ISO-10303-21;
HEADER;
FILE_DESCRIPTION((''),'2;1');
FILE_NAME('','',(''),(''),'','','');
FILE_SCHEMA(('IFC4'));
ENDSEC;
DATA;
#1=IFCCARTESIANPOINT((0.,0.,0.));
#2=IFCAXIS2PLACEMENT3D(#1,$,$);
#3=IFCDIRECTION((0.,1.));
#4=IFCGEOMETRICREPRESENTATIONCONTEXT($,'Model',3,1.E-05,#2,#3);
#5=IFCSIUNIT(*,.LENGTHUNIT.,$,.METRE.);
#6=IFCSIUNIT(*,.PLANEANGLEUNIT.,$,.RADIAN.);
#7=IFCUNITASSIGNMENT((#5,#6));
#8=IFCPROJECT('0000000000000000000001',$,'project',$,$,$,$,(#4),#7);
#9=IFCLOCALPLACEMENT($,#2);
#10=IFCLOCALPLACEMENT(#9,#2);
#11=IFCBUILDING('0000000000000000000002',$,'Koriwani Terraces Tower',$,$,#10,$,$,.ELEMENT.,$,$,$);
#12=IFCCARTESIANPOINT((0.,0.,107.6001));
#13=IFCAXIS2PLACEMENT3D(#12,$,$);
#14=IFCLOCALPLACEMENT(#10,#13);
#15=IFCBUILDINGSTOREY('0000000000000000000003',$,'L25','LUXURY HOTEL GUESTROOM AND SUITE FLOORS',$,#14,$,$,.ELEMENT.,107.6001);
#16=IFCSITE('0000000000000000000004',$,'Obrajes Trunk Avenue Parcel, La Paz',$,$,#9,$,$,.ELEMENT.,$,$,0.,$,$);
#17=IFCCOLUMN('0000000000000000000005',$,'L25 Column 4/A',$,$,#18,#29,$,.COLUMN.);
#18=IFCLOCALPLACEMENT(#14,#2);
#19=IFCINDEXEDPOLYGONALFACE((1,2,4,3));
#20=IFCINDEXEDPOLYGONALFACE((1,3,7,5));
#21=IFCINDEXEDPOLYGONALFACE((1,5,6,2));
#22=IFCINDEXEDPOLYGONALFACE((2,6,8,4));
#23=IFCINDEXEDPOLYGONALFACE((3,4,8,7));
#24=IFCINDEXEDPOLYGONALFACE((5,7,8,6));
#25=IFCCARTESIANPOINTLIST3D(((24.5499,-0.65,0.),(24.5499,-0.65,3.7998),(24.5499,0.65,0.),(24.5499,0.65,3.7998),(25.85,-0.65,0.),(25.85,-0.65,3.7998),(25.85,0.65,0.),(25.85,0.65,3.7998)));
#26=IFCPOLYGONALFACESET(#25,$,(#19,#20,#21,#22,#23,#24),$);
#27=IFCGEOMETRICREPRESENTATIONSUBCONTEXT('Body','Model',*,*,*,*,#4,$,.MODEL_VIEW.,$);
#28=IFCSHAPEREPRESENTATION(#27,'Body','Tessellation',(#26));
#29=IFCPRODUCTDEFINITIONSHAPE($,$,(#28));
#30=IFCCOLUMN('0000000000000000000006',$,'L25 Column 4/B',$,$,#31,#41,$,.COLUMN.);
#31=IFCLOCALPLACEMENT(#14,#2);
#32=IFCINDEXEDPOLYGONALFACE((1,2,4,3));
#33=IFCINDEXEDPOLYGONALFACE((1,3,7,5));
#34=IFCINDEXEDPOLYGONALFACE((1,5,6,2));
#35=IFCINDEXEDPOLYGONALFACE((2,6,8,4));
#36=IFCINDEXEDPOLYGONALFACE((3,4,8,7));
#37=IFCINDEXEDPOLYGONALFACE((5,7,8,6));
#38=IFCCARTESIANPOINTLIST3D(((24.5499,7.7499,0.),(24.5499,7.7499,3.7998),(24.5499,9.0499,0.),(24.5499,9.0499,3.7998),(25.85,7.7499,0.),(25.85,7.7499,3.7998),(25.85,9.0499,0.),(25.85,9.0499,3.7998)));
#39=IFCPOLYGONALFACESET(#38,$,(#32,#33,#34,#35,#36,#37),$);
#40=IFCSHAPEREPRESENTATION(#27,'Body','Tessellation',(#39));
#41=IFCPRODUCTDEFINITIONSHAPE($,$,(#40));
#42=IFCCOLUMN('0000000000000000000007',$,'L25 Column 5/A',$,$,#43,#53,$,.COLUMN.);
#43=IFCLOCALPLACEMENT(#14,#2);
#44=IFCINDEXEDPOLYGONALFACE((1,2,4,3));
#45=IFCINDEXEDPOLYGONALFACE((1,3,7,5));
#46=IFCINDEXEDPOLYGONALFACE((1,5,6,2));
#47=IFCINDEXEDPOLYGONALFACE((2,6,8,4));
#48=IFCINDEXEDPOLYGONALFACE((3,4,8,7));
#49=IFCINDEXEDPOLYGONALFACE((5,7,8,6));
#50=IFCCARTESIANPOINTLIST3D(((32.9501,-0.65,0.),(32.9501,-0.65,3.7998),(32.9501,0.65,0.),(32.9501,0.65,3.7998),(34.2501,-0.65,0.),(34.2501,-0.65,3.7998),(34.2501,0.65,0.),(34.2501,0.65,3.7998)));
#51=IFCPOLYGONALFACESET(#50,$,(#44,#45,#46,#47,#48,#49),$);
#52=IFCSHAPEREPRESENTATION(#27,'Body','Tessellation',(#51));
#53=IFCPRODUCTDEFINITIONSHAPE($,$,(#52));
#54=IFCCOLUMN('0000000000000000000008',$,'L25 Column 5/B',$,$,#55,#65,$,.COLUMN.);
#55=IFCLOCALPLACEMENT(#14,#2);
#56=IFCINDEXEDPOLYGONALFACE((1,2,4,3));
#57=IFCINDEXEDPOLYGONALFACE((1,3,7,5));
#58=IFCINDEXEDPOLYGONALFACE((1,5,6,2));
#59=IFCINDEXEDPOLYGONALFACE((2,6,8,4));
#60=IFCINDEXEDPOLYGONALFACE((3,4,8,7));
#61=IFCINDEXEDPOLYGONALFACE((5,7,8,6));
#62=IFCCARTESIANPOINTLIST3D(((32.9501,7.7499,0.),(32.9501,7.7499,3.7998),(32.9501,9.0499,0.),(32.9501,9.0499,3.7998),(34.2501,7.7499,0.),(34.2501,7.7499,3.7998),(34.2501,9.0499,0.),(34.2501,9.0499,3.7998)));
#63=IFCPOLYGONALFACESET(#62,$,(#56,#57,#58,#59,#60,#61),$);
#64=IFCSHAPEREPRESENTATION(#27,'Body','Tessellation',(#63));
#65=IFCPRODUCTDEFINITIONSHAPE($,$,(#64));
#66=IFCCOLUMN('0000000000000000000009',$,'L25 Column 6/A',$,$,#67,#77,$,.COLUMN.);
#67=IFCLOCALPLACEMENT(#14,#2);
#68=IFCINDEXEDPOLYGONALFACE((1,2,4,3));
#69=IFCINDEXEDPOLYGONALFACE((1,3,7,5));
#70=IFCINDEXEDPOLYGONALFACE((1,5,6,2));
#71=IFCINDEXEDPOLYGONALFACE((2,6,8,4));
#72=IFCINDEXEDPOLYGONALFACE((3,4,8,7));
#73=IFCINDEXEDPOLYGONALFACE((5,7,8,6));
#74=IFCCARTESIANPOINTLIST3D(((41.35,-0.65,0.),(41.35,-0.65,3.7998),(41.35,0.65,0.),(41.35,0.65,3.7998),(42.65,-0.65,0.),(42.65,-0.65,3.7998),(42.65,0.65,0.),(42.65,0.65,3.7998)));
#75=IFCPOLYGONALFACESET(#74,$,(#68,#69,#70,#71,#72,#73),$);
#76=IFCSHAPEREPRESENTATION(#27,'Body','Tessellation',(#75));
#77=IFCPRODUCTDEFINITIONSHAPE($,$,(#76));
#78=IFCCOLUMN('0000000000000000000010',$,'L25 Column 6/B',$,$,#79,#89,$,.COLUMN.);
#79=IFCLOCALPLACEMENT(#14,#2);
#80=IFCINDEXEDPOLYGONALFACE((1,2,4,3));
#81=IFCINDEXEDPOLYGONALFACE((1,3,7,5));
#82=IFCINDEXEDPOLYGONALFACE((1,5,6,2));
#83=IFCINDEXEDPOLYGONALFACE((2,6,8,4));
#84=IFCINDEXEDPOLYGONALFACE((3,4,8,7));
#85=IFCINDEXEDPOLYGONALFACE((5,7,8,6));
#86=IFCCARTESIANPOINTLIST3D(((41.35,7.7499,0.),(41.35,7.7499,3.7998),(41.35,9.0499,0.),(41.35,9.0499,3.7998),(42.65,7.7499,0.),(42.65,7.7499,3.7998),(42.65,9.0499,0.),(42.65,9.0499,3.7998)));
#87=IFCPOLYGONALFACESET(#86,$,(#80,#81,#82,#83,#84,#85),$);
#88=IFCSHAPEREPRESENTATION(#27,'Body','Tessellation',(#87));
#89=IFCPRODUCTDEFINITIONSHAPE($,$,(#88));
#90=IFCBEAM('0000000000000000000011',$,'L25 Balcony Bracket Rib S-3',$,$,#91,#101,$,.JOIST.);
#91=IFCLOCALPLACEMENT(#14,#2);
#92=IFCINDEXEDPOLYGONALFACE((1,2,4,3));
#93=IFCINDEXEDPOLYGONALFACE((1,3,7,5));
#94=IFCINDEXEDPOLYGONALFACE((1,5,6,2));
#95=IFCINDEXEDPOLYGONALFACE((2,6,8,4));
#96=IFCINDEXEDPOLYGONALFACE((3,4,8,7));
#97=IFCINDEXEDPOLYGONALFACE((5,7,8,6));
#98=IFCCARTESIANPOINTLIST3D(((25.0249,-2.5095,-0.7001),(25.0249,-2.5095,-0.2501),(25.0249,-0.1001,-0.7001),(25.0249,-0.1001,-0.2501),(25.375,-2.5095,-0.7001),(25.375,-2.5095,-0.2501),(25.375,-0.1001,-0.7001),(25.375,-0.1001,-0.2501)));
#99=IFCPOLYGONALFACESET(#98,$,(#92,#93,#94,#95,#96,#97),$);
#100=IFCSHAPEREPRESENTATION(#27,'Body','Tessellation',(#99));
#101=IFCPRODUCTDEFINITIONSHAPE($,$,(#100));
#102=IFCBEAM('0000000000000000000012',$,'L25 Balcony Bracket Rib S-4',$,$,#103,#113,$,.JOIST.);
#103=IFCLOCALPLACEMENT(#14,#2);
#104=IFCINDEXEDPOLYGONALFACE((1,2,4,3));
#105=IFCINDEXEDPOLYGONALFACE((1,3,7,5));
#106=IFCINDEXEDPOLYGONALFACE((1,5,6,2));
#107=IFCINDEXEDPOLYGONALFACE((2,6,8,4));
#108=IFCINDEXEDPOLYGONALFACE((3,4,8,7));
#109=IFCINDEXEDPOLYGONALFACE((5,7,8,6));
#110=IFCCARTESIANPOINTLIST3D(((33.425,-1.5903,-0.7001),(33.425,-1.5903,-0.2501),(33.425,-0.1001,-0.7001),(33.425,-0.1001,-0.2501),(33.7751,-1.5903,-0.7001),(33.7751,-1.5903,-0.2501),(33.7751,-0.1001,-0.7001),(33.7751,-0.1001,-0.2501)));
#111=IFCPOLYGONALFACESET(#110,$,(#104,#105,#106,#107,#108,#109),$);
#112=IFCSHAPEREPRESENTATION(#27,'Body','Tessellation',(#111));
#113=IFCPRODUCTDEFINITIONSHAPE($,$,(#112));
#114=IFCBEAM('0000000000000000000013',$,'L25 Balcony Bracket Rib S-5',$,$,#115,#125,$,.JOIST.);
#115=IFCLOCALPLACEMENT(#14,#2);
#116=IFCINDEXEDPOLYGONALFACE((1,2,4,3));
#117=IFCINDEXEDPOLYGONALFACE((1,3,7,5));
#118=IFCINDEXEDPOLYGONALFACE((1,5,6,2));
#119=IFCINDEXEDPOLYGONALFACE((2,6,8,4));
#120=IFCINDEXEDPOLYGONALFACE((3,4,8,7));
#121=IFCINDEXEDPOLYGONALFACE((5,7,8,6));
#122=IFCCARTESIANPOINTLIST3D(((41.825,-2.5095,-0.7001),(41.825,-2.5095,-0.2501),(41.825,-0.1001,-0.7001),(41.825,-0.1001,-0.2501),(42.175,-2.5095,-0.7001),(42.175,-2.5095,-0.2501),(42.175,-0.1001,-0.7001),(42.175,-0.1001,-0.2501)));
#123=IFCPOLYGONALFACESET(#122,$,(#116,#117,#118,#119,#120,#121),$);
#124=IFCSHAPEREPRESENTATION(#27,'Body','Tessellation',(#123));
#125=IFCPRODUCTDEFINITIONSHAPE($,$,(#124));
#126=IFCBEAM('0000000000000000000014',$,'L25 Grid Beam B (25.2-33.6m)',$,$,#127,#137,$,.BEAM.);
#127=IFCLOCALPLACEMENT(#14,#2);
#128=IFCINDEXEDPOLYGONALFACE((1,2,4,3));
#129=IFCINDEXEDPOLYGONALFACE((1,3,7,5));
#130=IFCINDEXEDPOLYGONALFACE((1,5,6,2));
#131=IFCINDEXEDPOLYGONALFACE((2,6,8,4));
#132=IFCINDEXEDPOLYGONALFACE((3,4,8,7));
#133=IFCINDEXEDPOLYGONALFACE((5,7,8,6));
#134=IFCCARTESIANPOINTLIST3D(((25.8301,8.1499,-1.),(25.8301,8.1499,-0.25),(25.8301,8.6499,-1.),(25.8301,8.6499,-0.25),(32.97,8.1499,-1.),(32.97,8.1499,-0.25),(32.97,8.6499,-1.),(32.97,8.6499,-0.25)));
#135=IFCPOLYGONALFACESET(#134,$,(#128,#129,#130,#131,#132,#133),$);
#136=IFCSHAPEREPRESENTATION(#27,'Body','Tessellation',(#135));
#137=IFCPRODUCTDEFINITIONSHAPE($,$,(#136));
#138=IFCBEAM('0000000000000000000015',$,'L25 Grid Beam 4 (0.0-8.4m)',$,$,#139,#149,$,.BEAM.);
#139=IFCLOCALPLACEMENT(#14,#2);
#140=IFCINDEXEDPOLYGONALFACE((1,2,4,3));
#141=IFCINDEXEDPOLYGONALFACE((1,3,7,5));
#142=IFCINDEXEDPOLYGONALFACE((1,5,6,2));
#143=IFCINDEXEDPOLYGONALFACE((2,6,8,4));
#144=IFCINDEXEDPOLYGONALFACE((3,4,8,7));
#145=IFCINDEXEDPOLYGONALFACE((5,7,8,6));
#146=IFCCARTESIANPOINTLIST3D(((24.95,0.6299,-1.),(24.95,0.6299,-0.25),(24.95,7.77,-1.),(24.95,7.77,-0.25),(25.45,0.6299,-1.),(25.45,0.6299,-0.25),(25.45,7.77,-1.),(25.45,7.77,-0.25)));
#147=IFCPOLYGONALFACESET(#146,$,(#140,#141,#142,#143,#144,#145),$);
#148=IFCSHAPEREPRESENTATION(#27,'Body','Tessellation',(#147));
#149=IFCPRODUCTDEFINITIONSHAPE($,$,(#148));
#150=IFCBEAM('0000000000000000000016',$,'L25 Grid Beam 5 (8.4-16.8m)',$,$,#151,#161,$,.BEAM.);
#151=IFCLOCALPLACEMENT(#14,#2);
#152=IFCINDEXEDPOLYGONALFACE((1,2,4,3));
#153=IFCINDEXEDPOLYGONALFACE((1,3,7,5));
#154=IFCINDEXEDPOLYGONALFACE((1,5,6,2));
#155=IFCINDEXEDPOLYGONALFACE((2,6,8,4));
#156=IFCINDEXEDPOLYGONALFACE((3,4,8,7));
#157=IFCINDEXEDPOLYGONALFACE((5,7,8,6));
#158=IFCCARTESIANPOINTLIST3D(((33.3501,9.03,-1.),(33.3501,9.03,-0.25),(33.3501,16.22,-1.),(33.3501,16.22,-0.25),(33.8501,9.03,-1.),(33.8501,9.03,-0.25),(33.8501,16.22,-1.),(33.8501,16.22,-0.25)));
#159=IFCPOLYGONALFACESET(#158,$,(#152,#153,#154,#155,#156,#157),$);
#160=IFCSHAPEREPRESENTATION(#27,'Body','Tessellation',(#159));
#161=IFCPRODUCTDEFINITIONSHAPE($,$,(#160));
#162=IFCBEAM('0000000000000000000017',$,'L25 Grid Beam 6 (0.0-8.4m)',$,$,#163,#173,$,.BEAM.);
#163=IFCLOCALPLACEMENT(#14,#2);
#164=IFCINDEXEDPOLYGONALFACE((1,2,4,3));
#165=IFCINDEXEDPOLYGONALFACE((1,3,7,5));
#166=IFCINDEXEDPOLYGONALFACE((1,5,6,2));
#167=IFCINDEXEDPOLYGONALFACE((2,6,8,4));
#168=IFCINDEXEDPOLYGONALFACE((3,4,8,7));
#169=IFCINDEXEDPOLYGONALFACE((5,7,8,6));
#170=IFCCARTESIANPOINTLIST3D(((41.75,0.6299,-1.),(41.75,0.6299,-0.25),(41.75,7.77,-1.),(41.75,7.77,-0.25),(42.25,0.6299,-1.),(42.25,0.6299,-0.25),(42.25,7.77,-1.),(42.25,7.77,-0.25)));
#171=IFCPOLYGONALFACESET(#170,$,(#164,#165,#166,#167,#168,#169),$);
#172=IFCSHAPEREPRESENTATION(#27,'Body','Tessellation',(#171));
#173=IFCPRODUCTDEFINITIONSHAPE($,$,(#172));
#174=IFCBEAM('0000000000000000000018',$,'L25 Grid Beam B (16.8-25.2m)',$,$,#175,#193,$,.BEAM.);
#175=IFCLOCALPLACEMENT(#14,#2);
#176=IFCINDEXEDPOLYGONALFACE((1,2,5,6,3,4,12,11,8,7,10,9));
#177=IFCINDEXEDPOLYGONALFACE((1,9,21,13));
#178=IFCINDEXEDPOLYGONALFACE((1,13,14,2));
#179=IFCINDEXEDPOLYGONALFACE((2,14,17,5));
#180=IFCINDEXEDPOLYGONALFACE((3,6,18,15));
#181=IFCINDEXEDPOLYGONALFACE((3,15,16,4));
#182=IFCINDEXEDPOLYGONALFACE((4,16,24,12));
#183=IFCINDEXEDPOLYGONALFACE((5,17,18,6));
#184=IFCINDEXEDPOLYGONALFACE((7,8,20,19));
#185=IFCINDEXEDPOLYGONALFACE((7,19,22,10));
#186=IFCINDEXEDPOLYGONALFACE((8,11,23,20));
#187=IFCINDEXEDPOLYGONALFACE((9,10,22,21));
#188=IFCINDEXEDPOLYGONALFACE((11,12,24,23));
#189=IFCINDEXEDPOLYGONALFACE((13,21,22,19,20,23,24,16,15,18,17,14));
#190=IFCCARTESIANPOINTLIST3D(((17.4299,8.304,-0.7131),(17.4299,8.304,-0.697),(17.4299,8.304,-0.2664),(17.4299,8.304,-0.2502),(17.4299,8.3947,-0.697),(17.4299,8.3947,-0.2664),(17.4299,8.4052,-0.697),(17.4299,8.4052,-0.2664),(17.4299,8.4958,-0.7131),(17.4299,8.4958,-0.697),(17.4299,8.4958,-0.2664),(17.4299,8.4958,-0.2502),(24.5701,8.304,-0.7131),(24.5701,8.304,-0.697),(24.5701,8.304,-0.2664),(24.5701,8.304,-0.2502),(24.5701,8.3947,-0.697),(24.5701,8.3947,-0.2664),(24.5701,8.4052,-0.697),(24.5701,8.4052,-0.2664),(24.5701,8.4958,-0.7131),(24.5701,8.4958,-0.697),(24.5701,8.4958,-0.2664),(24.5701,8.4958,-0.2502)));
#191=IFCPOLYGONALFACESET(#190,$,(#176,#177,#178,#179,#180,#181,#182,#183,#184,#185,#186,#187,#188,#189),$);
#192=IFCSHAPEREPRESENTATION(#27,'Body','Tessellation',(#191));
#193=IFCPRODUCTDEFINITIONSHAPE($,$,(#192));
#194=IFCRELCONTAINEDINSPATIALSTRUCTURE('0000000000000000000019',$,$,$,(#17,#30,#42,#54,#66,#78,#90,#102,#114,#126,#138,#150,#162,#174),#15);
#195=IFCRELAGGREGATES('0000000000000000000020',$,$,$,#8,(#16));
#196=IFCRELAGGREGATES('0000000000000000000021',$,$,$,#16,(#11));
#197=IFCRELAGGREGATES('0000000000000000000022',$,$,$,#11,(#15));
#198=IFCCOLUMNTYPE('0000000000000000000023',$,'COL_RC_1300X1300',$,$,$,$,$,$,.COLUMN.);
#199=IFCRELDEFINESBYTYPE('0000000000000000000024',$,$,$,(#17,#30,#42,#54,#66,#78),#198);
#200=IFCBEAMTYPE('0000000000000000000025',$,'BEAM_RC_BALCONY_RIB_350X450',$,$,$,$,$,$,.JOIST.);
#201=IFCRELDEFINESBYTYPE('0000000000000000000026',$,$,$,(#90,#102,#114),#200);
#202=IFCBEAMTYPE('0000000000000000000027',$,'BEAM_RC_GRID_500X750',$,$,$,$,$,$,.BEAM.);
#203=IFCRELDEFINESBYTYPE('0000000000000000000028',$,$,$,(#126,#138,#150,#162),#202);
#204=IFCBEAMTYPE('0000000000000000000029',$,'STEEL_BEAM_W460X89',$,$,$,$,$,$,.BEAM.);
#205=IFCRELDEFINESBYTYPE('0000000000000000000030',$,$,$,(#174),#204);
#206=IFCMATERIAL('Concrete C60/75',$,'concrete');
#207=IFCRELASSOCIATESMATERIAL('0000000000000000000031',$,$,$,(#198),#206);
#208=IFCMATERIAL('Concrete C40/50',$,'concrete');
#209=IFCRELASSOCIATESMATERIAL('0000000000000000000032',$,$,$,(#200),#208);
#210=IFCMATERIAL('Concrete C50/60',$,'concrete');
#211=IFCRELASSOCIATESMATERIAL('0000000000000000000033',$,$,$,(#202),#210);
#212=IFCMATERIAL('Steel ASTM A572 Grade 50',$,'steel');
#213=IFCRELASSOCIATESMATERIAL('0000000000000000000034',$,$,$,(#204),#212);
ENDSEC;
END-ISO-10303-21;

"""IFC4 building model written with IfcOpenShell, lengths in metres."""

from ifc_helpers import new_model, si_unit, direction, frame, origin, origin_2d, place, context, subcontext, project, spatial, rectangle, i_section, extrude, material, material_profile, profile_set, type_object, element, save


model = new_model("IFC4")

# Units and contexts
model_context = context("Model", 3, precision=1e-05, world=origin(), true_north=direction((0.0, 1.0)))
body_context = subcontext(model_context, "Body", "Model", "MODEL_VIEW")
ifc_project = project(units=[si_unit("LENGTHUNIT", "METRE"), si_unit("PLANEANGLEUNIT", "RADIAN")], contexts=[model_context])

# Site, building, storey
site_placement = place(None, origin())
site = spatial("IfcSite", under=ifc_project, at=site_placement, Name="Obrajes Trunk Avenue Parcel, La Paz", CompositionType="ELEMENT", RefElevation=0.0)
building_placement = place(site_placement, origin())
building = spatial("IfcBuilding", under=site, at=building_placement, Name="Koriwani Terraces Tower", CompositionType="ELEMENT")
storey_placement = place(building_placement, frame((0.0, 0.0, 107.6001)))
storey = spatial("IfcBuildingStorey", under=building, at=storey_placement, Name="L25", Description="LUXURY HOTEL GUESTROOM AND SUITE FLOORS", CompositionType="ELEMENT", Elevation=107.6001)

# Columns
ifc_material_1 = material(Name="Concrete C60/75", Category="concrete")
ifc_material_profile_1 = material_profile(ifc_material_1, rectangle(XDim=1.3, YDim=1.3, at=origin_2d()), Name="Concrete C60/75", Category="LoadBearing")
ifc_profile_set_1 = profile_set([ifc_material_profile_1], Name="Concrete C60/75")
column_type = type_object("IfcColumnType", Name="COL_RC_1300X1300", PredefinedType="COLUMN", material=ifc_profile_set_1)
for number, where, z_axis, x_axis, name in (
    (1, (25.2, 0.0, 0.0), (0.0, 0.0, 1.0), (1.0, 0.0, 0.0), "L25 Column 4/A"),
    (2, (25.2, 8.3999, 0.0), (0.0, 0.0, 1.0), (1.0, 0.0, 0.0), "L25 Column 4/B"),
    (3, (33.6001, 0.0, 0.0), (0.0, 0.0, 1.0), (1.0, 0.0, 0.0), "L25 Column 5/A"),
    (4, (33.6001, 8.3999, 0.0), (0.0, 0.0, 1.0), (1.0, 0.0, 0.0), "L25 Column 5/B"),
    (5, (42.0, 0.0, 0.0), (0.0, 0.0, 1.0), (1.0, 0.0, 0.0), "L25 Column 6/A"),
    (6, (42.0, 8.3999, 0.0), (0.0, 0.0, 1.0), (1.0, 0.0, 0.0), "L25 Column 6/B"),
):
    element("IfcColumn", number, at=place(storey_placement, frame(where, z_axis=z_axis, x_axis=x_axis)), inside=storey, type_object=column_type, Name=name, PredefinedType="COLUMN", context=body_context, shape_type="SweptSolid", body=[
        extrude(rectangle(XDim=1.3, YDim=1.3, at=origin_2d()), origin(), (0.0, 0.0, 1.0), 3.7998),
    ])

# Beams
ifc_material_2 = material(Name="Concrete C40/50", Category="concrete")
ifc_material_profile_2 = material_profile(ifc_material_2, rectangle(XDim=0.3501, YDim=0.45, at=origin_2d()), Name="Concrete C40/50", Category="LoadBearing")
ifc_profile_set_2 = profile_set([ifc_material_profile_2], Name="Concrete C40/50")
beam_type_1 = type_object("IfcBeamType", Name="BEAM_RC_BALCONY_RIB_350X450", PredefinedType="JOIST", material=ifc_profile_set_2)
beam_1_placement = place(storey_placement, frame((25.2, -2.5095, -0.4751), z_axis=(0.0, 1.0, 0.0), x_axis=(-1.0, 0.0, 0.0)))
element("IfcBeam", 7, at=beam_1_placement, inside=storey, type_object=beam_type_1, Name="L25 Balcony Bracket Rib S-3", PredefinedType="JOIST", context=body_context, shape_type="SweptSolid", body=[
    extrude(rectangle(XDim=0.3501, YDim=0.45, at=origin_2d()), origin(), (0.0, 0.0, 1.0), 2.4094),
])
beam_2_placement = place(storey_placement, frame((33.6001, -1.5903, -0.4751), z_axis=(0.0, 1.0, 0.0), x_axis=(-1.0, 0.0, 0.0)))
element("IfcBeam", 8, at=beam_2_placement, inside=storey, type_object=beam_type_1, Name="L25 Balcony Bracket Rib S-4", PredefinedType="JOIST", context=body_context, shape_type="SweptSolid", body=[
    extrude(rectangle(XDim=0.3501, YDim=0.45, at=origin_2d()), origin(), (0.0, 0.0, 1.0), 1.4902),
])
beam_3_placement = place(storey_placement, frame((42.0, -2.5095, -0.4751), z_axis=(0.0, 1.0, 0.0), x_axis=(-1.0, 0.0, 0.0)))
element("IfcBeam", 9, at=beam_3_placement, inside=storey, type_object=beam_type_1, Name="L25 Balcony Bracket Rib S-5", PredefinedType="JOIST", context=body_context, shape_type="SweptSolid", body=[
    extrude(rectangle(XDim=0.3501, YDim=0.45, at=origin_2d()), origin(), (0.0, 0.0, 1.0), 2.4094),
])
ifc_material_3 = material(Name="Concrete C50/60", Category="concrete")
ifc_material_profile_3 = material_profile(ifc_material_3, rectangle(XDim=0.5, YDim=0.75, at=origin_2d()), Name="Concrete C50/60", Category="LoadBearing")
ifc_profile_set_3 = profile_set([ifc_material_profile_3], Name="Concrete C50/60")
beam_type_2 = type_object("IfcBeamType", Name="BEAM_RC_GRID_500X750", PredefinedType="BEAM", material=ifc_profile_set_3)
beam_4_placement = place(storey_placement, frame((25.8301, 8.3999, -0.625), z_axis=(1.0, 0.0, 0.0), x_axis=(0.0, 1.0, 0.0)))
element("IfcBeam", 10, at=beam_4_placement, inside=storey, type_object=beam_type_2, Name="L25 Grid Beam B (25.2-33.6m)", PredefinedType="BEAM", context=body_context, shape_type="SweptSolid", body=[
    extrude(rectangle(XDim=0.5, YDim=0.75, at=origin_2d()), origin(), (0.0, 0.0, 1.0), 7.1399),
])
beam_5_placement = place(storey_placement, frame((25.2, 0.6299, -0.625), z_axis=(0.0, 1.0, 0.0), x_axis=(-1.0, 0.0, 0.0)))
element("IfcBeam", 11, at=beam_5_placement, inside=storey, type_object=beam_type_2, Name="L25 Grid Beam 4 (0.0-8.4m)", PredefinedType="BEAM", context=body_context, shape_type="SweptSolid", body=[
    extrude(rectangle(XDim=0.5, YDim=0.75, at=origin_2d()), origin(), (0.0, 0.0, 1.0), 7.1401),
])
beam_6_placement = place(storey_placement, frame((33.6001, 9.03, -0.625), z_axis=(0.0, 1.0, 0.0), x_axis=(-1.0, 0.0, 0.0)))
element("IfcBeam", 12, at=beam_6_placement, inside=storey, type_object=beam_type_2, Name="L25 Grid Beam 5 (8.4-16.8m)", PredefinedType="BEAM", context=body_context, shape_type="SweptSolid", body=[
    extrude(rectangle(XDim=0.5, YDim=0.75, at=origin_2d()), origin(), (0.0, 0.0, 1.0), 7.1899),
])
beam_7_placement = place(storey_placement, frame((42.0, 0.6299, -0.625), z_axis=(0.0, 1.0, 0.0), x_axis=(-1.0, 0.0, 0.0)))
element("IfcBeam", 13, at=beam_7_placement, inside=storey, type_object=beam_type_2, Name="L25 Grid Beam 6 (0.0-8.4m)", PredefinedType="BEAM", context=body_context, shape_type="SweptSolid", body=[
    extrude(rectangle(XDim=0.5, YDim=0.75, at=origin_2d()), origin(), (0.0, 0.0, 1.0), 7.1401),
])
ifc_material_4 = material(Name="Steel ASTM A572 Grade 50", Category="steel")
ifc_material_profile_4 = material_profile(ifc_material_4, i_section(OverallWidth=0.1919, OverallDepth=0.4629, WebThickness=0.0105, FlangeThickness=0.0161, at=origin_2d()), Name="Steel ASTM A572 Grade 50", Category="LoadBearing")
ifc_profile_set_4 = profile_set([ifc_material_profile_4], Name="Steel ASTM A572 Grade 50")
beam_type_3 = type_object("IfcBeamType", Name="STEEL_BEAM_W460X89", PredefinedType="BEAM", material=ifc_profile_set_4)
for number, where, z_axis, x_axis, name in (
    (14, (17.4299, 8.3999, -0.4817), (1.0, 0.0, 0.0), (0.0, 1.0, 0.0), "L25 Grid Beam B (16.8-25.2m)"),
):
    element("IfcBeam", number, at=place(storey_placement, frame(where, z_axis=z_axis, x_axis=x_axis)), inside=storey, type_object=beam_type_3, Name=name, PredefinedType="BEAM", context=body_context, shape_type="SweptSolid", body=[
        extrude(i_section(OverallWidth=0.1919, OverallDepth=0.4629, WebThickness=0.0105, FlangeThickness=0.0161, at=origin_2d()), origin(), (0.0, 0.0, 1.0), 7.1401),
    ])

save(model, "model.ifc")
